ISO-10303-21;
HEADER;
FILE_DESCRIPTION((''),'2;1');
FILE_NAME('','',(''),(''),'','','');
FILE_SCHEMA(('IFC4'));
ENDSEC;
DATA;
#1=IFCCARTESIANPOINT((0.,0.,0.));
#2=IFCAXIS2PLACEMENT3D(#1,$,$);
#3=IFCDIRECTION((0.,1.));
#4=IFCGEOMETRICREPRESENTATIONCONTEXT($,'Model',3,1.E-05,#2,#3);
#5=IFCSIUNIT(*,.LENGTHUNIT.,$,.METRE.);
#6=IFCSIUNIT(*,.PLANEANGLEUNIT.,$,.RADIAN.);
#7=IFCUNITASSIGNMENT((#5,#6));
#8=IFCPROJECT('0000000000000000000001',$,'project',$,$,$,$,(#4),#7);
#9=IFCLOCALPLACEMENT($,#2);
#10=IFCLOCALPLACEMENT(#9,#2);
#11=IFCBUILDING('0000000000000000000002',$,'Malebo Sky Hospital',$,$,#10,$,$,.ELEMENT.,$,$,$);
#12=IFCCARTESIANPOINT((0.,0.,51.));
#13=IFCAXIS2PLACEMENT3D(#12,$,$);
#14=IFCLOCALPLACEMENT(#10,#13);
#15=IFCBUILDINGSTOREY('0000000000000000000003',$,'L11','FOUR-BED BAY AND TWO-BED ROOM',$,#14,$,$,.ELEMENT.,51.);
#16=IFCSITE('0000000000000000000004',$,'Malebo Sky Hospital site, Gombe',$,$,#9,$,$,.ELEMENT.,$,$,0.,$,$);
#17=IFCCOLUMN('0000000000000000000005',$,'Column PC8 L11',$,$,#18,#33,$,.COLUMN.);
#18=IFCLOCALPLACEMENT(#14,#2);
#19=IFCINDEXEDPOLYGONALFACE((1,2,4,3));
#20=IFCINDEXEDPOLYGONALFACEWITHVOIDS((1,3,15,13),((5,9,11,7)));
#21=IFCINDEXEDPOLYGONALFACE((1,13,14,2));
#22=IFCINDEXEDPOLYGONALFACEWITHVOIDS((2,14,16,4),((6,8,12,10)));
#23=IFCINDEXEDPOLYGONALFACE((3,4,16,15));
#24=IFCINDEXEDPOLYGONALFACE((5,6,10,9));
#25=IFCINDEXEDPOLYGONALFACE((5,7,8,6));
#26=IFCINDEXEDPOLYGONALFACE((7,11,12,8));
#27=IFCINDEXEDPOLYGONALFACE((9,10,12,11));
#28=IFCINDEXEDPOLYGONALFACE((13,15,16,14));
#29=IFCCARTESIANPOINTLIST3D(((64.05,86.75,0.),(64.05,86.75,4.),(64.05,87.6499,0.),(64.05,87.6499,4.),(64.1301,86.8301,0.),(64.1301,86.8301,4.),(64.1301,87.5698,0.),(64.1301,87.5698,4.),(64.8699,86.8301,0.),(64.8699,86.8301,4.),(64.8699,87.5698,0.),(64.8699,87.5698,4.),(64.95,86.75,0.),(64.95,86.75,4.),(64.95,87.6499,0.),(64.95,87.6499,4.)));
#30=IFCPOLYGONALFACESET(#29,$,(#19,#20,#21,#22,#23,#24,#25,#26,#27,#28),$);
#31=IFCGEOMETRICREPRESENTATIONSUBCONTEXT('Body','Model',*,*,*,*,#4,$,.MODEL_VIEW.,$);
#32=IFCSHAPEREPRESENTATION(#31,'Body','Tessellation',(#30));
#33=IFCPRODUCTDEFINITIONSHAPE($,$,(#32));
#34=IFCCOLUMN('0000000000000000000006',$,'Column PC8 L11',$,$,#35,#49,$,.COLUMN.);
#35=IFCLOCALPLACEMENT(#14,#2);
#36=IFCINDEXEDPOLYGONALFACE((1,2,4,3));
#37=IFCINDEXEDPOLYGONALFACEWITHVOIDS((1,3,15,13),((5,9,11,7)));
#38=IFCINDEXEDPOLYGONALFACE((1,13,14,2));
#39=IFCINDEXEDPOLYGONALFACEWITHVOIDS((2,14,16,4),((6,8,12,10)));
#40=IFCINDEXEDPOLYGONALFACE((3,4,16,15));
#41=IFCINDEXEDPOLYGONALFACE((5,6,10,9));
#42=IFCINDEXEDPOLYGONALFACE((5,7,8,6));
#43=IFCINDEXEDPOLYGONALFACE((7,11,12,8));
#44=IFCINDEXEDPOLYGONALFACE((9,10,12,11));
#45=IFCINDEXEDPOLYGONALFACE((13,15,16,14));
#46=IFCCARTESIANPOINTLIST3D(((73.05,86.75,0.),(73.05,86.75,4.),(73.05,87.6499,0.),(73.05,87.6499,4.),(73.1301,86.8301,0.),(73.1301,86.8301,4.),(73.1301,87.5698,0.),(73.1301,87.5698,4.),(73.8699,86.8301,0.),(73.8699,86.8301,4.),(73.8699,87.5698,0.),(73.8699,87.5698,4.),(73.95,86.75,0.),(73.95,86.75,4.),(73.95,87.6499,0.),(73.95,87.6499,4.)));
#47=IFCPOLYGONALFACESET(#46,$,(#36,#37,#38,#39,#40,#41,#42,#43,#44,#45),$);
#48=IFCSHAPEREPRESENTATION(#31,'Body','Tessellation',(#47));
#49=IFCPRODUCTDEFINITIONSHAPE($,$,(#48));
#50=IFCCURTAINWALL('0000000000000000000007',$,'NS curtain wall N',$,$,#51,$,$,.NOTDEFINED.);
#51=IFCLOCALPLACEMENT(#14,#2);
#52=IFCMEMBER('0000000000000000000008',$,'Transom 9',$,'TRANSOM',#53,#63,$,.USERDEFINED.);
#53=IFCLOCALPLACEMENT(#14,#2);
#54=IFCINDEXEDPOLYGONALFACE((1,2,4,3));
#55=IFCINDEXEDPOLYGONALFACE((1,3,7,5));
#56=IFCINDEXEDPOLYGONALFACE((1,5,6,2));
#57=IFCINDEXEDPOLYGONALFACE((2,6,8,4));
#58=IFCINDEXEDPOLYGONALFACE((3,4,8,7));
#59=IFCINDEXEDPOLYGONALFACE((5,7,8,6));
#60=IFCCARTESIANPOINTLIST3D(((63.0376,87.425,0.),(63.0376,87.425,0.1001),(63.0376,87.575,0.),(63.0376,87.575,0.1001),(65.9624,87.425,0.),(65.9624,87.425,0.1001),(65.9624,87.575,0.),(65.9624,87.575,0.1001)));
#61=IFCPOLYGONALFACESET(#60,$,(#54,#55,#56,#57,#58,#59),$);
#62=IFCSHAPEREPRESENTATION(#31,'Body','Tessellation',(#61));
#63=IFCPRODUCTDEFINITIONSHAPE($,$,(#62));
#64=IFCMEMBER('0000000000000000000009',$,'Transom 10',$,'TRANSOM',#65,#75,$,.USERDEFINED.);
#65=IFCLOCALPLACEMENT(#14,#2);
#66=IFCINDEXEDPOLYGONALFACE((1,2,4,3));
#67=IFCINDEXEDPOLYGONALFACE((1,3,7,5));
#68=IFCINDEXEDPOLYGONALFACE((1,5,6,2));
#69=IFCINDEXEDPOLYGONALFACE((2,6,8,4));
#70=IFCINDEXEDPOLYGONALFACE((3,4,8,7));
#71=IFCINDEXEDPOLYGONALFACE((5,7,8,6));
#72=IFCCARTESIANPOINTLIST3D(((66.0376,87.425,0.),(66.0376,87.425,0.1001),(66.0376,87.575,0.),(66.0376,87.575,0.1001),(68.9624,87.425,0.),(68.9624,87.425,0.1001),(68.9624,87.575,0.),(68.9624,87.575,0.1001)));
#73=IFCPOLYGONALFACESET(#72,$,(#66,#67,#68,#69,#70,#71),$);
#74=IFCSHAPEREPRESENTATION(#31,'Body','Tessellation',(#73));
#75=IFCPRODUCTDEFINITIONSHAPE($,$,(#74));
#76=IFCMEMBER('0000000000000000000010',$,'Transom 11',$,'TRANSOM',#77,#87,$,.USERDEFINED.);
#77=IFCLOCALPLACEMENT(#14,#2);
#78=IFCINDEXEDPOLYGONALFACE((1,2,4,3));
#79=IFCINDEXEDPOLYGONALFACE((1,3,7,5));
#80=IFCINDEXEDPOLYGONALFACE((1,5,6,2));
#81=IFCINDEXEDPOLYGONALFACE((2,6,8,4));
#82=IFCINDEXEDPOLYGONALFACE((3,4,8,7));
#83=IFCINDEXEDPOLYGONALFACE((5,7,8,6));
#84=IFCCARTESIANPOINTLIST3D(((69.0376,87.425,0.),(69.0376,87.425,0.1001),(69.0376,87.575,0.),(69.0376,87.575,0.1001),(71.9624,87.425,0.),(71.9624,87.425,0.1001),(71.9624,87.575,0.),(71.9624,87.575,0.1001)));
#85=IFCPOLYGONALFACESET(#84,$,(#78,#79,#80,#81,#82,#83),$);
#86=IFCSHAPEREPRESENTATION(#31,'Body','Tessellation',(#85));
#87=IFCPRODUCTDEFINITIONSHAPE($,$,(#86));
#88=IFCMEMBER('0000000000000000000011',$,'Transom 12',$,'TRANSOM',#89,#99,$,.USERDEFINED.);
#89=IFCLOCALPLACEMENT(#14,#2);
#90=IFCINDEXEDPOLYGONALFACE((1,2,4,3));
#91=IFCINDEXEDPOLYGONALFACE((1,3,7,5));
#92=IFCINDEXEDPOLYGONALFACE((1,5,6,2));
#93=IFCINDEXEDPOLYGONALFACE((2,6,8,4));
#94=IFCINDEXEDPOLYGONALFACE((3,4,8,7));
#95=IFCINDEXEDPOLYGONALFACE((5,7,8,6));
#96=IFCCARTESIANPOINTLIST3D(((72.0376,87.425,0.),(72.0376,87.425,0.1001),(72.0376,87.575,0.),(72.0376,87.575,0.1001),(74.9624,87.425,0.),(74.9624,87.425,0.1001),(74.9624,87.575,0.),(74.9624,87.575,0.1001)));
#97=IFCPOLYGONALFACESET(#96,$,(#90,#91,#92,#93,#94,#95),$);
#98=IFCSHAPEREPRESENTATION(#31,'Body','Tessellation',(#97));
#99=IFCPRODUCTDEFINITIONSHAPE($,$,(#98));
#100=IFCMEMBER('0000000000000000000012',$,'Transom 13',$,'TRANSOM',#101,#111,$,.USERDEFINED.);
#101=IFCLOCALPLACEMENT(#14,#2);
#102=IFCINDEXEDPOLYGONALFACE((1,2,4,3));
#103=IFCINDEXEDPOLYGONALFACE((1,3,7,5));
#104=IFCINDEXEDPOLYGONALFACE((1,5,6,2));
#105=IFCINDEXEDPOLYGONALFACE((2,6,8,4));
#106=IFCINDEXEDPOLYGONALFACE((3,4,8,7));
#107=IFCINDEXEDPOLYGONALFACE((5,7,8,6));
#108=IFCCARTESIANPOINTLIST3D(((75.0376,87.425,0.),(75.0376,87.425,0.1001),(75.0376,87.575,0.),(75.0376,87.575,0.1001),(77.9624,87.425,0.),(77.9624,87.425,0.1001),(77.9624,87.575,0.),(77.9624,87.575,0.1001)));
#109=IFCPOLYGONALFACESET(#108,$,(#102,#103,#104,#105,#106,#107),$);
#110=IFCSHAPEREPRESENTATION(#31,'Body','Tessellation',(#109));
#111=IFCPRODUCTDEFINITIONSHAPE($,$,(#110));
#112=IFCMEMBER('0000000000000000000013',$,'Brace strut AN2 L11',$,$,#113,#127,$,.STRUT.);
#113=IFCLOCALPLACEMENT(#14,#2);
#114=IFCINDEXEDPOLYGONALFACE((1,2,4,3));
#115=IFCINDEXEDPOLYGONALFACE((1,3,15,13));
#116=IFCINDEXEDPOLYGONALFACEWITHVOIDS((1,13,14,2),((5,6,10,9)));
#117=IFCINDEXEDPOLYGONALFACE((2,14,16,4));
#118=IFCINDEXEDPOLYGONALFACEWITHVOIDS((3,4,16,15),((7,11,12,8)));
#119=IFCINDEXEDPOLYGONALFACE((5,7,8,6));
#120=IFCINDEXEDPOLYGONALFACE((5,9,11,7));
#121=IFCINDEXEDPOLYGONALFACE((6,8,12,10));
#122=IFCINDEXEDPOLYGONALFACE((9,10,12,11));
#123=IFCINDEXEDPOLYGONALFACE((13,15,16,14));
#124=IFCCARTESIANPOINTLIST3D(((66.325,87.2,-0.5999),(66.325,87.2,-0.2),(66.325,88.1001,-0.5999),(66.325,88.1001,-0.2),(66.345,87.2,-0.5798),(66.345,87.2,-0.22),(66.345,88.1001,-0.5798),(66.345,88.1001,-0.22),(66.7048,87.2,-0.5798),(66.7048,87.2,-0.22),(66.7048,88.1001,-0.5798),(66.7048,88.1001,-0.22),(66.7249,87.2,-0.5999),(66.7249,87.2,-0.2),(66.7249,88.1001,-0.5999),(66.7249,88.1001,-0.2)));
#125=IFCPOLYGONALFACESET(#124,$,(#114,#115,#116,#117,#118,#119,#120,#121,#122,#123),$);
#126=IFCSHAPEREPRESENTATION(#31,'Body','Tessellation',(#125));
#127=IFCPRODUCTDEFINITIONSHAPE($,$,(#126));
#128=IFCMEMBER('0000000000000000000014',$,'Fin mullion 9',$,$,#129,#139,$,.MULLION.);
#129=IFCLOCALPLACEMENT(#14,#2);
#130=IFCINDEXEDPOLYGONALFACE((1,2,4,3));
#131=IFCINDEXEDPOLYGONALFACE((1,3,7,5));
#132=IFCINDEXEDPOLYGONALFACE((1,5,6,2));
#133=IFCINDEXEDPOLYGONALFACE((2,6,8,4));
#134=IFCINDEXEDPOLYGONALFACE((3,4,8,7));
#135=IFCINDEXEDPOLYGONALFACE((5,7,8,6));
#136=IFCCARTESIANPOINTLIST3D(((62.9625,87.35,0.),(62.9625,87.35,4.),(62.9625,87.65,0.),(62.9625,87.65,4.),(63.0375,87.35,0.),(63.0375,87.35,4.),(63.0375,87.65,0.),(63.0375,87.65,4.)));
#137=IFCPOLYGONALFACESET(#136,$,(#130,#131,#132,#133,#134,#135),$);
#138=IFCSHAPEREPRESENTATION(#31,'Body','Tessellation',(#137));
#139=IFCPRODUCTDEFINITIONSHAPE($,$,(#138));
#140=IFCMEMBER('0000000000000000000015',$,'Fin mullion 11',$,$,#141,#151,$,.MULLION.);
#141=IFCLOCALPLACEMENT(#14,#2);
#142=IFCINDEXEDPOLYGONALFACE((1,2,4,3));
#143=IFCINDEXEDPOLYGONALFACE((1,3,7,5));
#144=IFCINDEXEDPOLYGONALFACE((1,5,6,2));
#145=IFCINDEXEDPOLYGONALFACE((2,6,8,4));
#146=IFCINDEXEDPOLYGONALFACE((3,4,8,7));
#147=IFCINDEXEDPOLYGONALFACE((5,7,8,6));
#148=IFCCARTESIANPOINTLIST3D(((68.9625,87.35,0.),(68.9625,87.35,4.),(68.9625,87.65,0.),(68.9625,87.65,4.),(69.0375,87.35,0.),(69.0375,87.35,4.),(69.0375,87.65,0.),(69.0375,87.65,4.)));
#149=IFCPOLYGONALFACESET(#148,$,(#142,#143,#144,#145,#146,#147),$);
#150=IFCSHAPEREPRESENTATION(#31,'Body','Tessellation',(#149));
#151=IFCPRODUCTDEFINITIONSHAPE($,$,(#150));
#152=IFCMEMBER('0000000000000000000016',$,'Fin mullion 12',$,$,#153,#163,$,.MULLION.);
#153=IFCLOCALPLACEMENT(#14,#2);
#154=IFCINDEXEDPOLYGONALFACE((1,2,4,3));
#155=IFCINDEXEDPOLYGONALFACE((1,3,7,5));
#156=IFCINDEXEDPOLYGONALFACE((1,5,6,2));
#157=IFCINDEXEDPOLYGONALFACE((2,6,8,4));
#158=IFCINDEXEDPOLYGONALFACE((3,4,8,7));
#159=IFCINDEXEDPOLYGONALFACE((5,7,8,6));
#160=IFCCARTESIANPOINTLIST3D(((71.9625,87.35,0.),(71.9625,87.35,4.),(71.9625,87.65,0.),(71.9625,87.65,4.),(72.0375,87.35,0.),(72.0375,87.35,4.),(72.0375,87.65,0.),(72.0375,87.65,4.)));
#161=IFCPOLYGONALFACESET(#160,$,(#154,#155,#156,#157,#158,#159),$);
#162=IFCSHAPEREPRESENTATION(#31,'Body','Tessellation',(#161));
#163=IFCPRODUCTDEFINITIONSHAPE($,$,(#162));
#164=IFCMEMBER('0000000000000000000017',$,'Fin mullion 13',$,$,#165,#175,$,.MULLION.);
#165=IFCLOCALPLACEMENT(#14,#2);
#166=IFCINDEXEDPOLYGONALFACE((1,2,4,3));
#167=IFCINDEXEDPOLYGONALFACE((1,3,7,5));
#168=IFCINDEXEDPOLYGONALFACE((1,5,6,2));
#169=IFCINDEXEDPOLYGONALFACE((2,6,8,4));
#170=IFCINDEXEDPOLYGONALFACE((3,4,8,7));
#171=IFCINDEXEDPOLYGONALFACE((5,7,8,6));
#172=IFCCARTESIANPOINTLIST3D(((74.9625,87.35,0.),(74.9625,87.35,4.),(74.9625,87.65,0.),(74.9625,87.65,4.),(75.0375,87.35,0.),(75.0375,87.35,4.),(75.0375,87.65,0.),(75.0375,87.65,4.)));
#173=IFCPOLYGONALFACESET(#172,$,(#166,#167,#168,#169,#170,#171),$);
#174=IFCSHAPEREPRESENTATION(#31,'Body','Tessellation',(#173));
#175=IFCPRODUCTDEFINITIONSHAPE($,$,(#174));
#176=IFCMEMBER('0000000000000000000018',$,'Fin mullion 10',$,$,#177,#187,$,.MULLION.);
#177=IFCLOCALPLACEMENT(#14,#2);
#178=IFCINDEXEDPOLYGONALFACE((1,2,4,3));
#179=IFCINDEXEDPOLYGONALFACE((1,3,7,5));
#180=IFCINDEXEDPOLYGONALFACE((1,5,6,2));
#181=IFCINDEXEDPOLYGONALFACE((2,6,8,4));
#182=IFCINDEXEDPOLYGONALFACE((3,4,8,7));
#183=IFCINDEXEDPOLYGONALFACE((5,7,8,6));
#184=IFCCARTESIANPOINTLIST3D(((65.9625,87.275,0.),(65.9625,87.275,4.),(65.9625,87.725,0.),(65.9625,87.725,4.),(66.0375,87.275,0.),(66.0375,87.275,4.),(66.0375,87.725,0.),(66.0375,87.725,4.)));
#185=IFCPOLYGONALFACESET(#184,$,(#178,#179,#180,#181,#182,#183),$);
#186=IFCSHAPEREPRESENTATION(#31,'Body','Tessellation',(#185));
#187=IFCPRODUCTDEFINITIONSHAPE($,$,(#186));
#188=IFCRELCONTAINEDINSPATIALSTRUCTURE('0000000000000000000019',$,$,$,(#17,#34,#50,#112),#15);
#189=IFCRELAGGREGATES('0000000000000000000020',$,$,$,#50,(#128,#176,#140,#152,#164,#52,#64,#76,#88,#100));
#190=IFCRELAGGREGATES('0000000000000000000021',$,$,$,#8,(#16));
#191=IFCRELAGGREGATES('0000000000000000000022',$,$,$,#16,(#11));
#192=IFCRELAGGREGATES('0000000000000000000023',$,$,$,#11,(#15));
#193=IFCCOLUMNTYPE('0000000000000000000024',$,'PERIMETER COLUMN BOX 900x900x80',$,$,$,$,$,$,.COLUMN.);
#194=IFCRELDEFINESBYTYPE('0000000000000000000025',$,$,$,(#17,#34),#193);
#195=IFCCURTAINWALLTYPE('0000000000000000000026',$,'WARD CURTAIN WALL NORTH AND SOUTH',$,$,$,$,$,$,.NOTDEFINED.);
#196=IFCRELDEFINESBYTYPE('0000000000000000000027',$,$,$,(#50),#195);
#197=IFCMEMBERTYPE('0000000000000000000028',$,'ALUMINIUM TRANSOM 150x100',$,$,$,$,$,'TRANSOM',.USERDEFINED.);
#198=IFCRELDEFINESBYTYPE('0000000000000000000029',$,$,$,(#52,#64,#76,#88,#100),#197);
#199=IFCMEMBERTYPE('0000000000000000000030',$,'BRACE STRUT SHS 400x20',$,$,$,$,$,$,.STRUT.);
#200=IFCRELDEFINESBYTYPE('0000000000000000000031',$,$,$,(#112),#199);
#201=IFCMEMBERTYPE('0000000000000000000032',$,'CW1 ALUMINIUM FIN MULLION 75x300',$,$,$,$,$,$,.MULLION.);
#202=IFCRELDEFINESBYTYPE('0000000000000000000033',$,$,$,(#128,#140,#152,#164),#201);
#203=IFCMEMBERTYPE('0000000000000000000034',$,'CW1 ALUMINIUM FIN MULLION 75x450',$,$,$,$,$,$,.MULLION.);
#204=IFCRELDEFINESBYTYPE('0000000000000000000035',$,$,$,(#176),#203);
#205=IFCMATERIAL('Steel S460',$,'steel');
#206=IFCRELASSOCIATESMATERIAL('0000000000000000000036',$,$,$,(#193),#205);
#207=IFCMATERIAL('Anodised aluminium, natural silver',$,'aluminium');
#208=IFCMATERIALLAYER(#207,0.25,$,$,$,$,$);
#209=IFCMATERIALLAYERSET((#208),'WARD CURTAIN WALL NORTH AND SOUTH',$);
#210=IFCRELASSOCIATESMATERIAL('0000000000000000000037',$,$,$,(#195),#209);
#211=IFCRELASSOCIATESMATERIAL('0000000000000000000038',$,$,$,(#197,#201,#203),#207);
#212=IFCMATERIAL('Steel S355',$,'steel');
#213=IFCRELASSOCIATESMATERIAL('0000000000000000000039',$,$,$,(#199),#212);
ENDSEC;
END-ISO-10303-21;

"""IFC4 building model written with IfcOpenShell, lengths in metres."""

from ifc_helpers import new_model, si_unit, direction, frame, origin, origin_2d, place, context, subcontext, project, spatial, rectangle, hollow_rectangle, extrude, material, layer, layer_set, material_profile, profile_set, type_object, element, aggregate, save


model = new_model("IFC4")

# Units and contexts
model_context = context("Model", 3, precision=1e-05, world=origin(), true_north=direction((0.0, 1.0)))
body_context = subcontext(model_context, "Body", "Model", "MODEL_VIEW")
ifc_project = project(units=[si_unit("LENGTHUNIT", "METRE"), si_unit("PLANEANGLEUNIT", "RADIAN")], contexts=[model_context])

# Site, building, storey
site_placement = place(None, origin())
site = spatial("IfcSite", under=ifc_project, at=site_placement, Name="Malebo Sky Hospital site, Gombe", CompositionType="ELEMENT", RefElevation=0.0)
building_placement = place(site_placement, origin())
building = spatial("IfcBuilding", under=site, at=building_placement, Name="Malebo Sky Hospital", CompositionType="ELEMENT")
storey_placement = place(building_placement, frame((0.0, 0.0, 51.0)))
storey = spatial("IfcBuildingStorey", under=building, at=storey_placement, Name="L11", Description="FOUR-BED BAY AND TWO-BED ROOM", CompositionType="ELEMENT", Elevation=51.0)

# Columns
ifc_material_1 = material(Name="Steel S460", Category="steel")
ifc_material_profile_1 = material_profile(ifc_material_1, hollow_rectangle(XDim=0.8999, YDim=0.8999, WallThickness=0.0801, at=origin_2d()), Name="BOX 900x900x80")
ifc_profile_set_1 = profile_set([ifc_material_profile_1], Name="Steel S460")
column_type = type_object("IfcColumnType", Name="PERIMETER COLUMN BOX 900x900x80", PredefinedType="COLUMN", material=ifc_profile_set_1)
for number, where, z_axis, x_axis, name in (
    (1, (64.5, 87.2, 0.0), (0.0, 0.0, 1.0), (1.0, 0.0, 0.0), "Column PC8 L11"),
    (2, (73.5, 87.2, 0.0), (0.0, 0.0, 1.0), (1.0, 0.0, 0.0), "Column PC8 L11"),
):
    element("IfcColumn", number, at=place(storey_placement, frame(where, z_axis=z_axis, x_axis=x_axis)), inside=storey, type_object=column_type, Name=name, PredefinedType="COLUMN", context=body_context, shape_type="SweptSolid", body=[
        extrude(hollow_rectangle(XDim=0.8999, YDim=0.8999, WallThickness=0.0801, at=origin_2d()), origin(), (0.0, 0.0, 1.0), 4.0),
    ])

# Curtain wall, members
ifc_material_2 = material(Name="Anodised aluminium, natural silver", Category="aluminium")
ifc_layer_1 = layer(ifc_material_2, 0.25)
ifc_layer_set_1 = layer_set([ifc_layer_1], Name="WARD CURTAIN WALL NORTH AND SOUTH")
curtain_wall_type = type_object("IfcCurtainWallType", Name="WARD CURTAIN WALL NORTH AND SOUTH", PredefinedType="NOTDEFINED", material=ifc_layer_set_1)
curtain_wall_placement = place(storey_placement, origin())
curtain_wall = element("IfcCurtainWall", 3, at=curtain_wall_placement, inside=storey, type_object=curtain_wall_type, Name="NS curtain wall N", PredefinedType="NOTDEFINED")
ifc_material_profile_2 = material_profile(ifc_material_2, rectangle(XDim=0.1499, YDim=0.1001, at=origin_2d()), Name="ALUMINIUM TRANSOM 150x100")
ifc_profile_set_2 = profile_set([ifc_material_profile_2], Name="Anodised aluminium, natural silver")
member_type_1 = type_object("IfcMemberType", Name="ALUMINIUM TRANSOM 150x100", ElementType="TRANSOM", PredefinedType="USERDEFINED", material=ifc_profile_set_2)
member_1_placement = place(storey_placement, frame((63.0376, 87.5, 0.05), z_axis=(1.0, 0.0, 0.0), x_axis=(0.0, 1.0, 0.0)))
member_1 = element("IfcMember", 4, at=member_1_placement, type_object=member_type_1, Name="Transom 9", ObjectType="TRANSOM", PredefinedType="USERDEFINED", context=body_context, shape_type="SweptSolid", body=[
    extrude(rectangle(XDim=0.1499, YDim=0.1001, at=origin_2d()), origin(), (0.0, 0.0, 1.0), 2.9248),
])
member_2_placement = place(storey_placement, frame((66.0376, 87.5, 0.05), z_axis=(1.0, 0.0, 0.0), x_axis=(0.0, 1.0, 0.0)))
member_2 = element("IfcMember", 5, at=member_2_placement, type_object=member_type_1, Name="Transom 10", ObjectType="TRANSOM", PredefinedType="USERDEFINED", context=body_context, shape_type="SweptSolid", body=[
    extrude(rectangle(XDim=0.1499, YDim=0.1001, at=origin_2d()), origin(), (0.0, 0.0, 1.0), 2.9248),
])
member_3_placement = place(storey_placement, frame((69.0376, 87.5, 0.05), z_axis=(1.0, 0.0, 0.0), x_axis=(0.0, 1.0, 0.0)))
member_3 = element("IfcMember", 6, at=member_3_placement, type_object=member_type_1, Name="Transom 11", ObjectType="TRANSOM", PredefinedType="USERDEFINED", context=body_context, shape_type="SweptSolid", body=[
    extrude(rectangle(XDim=0.1499, YDim=0.1001, at=origin_2d()), origin(), (0.0, 0.0, 1.0), 2.9248),
])
member_4_placement = place(storey_placement, frame((72.0376, 87.5, 0.05), z_axis=(1.0, 0.0, 0.0), x_axis=(0.0, 1.0, 0.0)))
member_4 = element("IfcMember", 7, at=member_4_placement, type_object=member_type_1, Name="Transom 12", ObjectType="TRANSOM", PredefinedType="USERDEFINED", context=body_context, shape_type="SweptSolid", body=[
    extrude(rectangle(XDim=0.1499, YDim=0.1001, at=origin_2d()), origin(), (0.0, 0.0, 1.0), 2.9248),
])
member_5_placement = place(storey_placement, frame((75.0376, 87.5, 0.05), z_axis=(1.0, 0.0, 0.0), x_axis=(0.0, 1.0, 0.0)))
member_5 = element("IfcMember", 8, at=member_5_placement, type_object=member_type_1, Name="Transom 13", ObjectType="TRANSOM", PredefinedType="USERDEFINED", context=body_context, shape_type="SweptSolid", body=[
    extrude(rectangle(XDim=0.1499, YDim=0.1001, at=origin_2d()), origin(), (0.0, 0.0, 1.0), 2.9248),
])

# Members
ifc_material_3 = material(Name="Steel S355", Category="steel")
ifc_material_profile_3 = material_profile(ifc_material_3, hollow_rectangle(XDim=0.3999, YDim=0.3999, WallThickness=0.02, at=origin_2d()), Name="SHS 400x20")
ifc_profile_set_3 = profile_set([ifc_material_profile_3], Name="Steel S355")
member_type_2 = type_object("IfcMemberType", Name="BRACE STRUT SHS 400x20", PredefinedType="STRUT", material=ifc_profile_set_3)
member_6_placement = place(storey_placement, frame((66.5249, 88.1001, -0.3999), z_axis=(0.0, -1.0, 0.0), x_axis=(1.0, 0.0, 0.0)))
element("IfcMember", 9, at=member_6_placement, inside=storey, type_object=member_type_2, Name="Brace strut AN2 L11", PredefinedType="STRUT", context=body_context, shape_type="SweptSolid", body=[
    extrude(hollow_rectangle(XDim=0.3999, YDim=0.3999, WallThickness=0.02, at=origin_2d()), origin(), (0.0, 0.0, 1.0), 0.9001),
])
ifc_material_profile_4 = material_profile(ifc_material_2, rectangle(XDim=0.075, YDim=0.3, at=origin_2d()), Name="CW1 ALUMINIUM FIN MULLION 75x300")
ifc_profile_set_4 = profile_set([ifc_material_profile_4], Name="Anodised aluminium, natural silver")
member_type_3 = type_object("IfcMemberType", Name="CW1 ALUMINIUM FIN MULLION 75x300", PredefinedType="MULLION", material=ifc_profile_set_4)
member_7_placement = place(storey_placement, frame((63.0, 87.5, 0.0), z_axis=(0.0, 0.0, 1.0), x_axis=(1.0, 0.0, 0.0)))
member_7 = element("IfcMember", 10, at=member_7_placement, type_object=member_type_3, Name="Fin mullion 9", PredefinedType="MULLION", context=body_context, shape_type="SweptSolid", body=[
    extrude(rectangle(XDim=0.075, YDim=0.3, at=origin_2d()), origin(), (0.0, 0.0, 1.0), 4.0),
])
member_8_placement = place(storey_placement, frame((69.0, 87.5, 0.0), z_axis=(0.0, 0.0, 1.0), x_axis=(1.0, 0.0, 0.0)))
member_8 = element("IfcMember", 11, at=member_8_placement, type_object=member_type_3, Name="Fin mullion 11", PredefinedType="MULLION", context=body_context, shape_type="SweptSolid", body=[
    extrude(rectangle(XDim=0.075, YDim=0.3, at=origin_2d()), origin(), (0.0, 0.0, 1.0), 4.0),
])
member_9_placement = place(storey_placement, frame((72.0, 87.5, 0.0), z_axis=(0.0, 0.0, 1.0), x_axis=(1.0, 0.0, 0.0)))
member_9 = element("IfcMember", 12, at=member_9_placement, type_object=member_type_3, Name="Fin mullion 12", PredefinedType="MULLION", context=body_context, shape_type="SweptSolid", body=[
    extrude(rectangle(XDim=0.075, YDim=0.3, at=origin_2d()), origin(), (0.0, 0.0, 1.0), 4.0),
])
member_10_placement = place(storey_placement, frame((75.0, 87.5, 0.0), z_axis=(0.0, 0.0, 1.0), x_axis=(1.0, 0.0, 0.0)))
member_10 = element("IfcMember", 13, at=member_10_placement, type_object=member_type_3, Name="Fin mullion 13", PredefinedType="MULLION", context=body_context, shape_type="SweptSolid", body=[
    extrude(rectangle(XDim=0.075, YDim=0.3, at=origin_2d()), origin(), (0.0, 0.0, 1.0), 4.0),
])
ifc_material_profile_5 = material_profile(ifc_material_2, rectangle(XDim=0.075, YDim=0.45, at=origin_2d()), Name="CW1 ALUMINIUM FIN MULLION 75x450")
ifc_profile_set_5 = profile_set([ifc_material_profile_5], Name="Anodised aluminium, natural silver")
member_type_4 = type_object("IfcMemberType", Name="CW1 ALUMINIUM FIN MULLION 75x450", PredefinedType="MULLION", material=ifc_profile_set_5)
member_11_placement = place(storey_placement, frame((66.0, 87.5, 0.0), z_axis=(0.0, 0.0, 1.0), x_axis=(1.0, 0.0, 0.0)))
member_11 = element("IfcMember", 14, at=member_11_placement, type_object=member_type_4, Name="Fin mullion 10", PredefinedType="MULLION", context=body_context, shape_type="SweptSolid", body=[
    extrude(rectangle(XDim=0.075, YDim=0.45, at=origin_2d()), origin(), (0.0, 0.0, 1.0), 4.0),
])

aggregate(curtain_wall, [member_7, member_11, member_8, member_9, member_10, member_1, member_2, member_3, member_4, member_5])

save(model, "model.ifc")
